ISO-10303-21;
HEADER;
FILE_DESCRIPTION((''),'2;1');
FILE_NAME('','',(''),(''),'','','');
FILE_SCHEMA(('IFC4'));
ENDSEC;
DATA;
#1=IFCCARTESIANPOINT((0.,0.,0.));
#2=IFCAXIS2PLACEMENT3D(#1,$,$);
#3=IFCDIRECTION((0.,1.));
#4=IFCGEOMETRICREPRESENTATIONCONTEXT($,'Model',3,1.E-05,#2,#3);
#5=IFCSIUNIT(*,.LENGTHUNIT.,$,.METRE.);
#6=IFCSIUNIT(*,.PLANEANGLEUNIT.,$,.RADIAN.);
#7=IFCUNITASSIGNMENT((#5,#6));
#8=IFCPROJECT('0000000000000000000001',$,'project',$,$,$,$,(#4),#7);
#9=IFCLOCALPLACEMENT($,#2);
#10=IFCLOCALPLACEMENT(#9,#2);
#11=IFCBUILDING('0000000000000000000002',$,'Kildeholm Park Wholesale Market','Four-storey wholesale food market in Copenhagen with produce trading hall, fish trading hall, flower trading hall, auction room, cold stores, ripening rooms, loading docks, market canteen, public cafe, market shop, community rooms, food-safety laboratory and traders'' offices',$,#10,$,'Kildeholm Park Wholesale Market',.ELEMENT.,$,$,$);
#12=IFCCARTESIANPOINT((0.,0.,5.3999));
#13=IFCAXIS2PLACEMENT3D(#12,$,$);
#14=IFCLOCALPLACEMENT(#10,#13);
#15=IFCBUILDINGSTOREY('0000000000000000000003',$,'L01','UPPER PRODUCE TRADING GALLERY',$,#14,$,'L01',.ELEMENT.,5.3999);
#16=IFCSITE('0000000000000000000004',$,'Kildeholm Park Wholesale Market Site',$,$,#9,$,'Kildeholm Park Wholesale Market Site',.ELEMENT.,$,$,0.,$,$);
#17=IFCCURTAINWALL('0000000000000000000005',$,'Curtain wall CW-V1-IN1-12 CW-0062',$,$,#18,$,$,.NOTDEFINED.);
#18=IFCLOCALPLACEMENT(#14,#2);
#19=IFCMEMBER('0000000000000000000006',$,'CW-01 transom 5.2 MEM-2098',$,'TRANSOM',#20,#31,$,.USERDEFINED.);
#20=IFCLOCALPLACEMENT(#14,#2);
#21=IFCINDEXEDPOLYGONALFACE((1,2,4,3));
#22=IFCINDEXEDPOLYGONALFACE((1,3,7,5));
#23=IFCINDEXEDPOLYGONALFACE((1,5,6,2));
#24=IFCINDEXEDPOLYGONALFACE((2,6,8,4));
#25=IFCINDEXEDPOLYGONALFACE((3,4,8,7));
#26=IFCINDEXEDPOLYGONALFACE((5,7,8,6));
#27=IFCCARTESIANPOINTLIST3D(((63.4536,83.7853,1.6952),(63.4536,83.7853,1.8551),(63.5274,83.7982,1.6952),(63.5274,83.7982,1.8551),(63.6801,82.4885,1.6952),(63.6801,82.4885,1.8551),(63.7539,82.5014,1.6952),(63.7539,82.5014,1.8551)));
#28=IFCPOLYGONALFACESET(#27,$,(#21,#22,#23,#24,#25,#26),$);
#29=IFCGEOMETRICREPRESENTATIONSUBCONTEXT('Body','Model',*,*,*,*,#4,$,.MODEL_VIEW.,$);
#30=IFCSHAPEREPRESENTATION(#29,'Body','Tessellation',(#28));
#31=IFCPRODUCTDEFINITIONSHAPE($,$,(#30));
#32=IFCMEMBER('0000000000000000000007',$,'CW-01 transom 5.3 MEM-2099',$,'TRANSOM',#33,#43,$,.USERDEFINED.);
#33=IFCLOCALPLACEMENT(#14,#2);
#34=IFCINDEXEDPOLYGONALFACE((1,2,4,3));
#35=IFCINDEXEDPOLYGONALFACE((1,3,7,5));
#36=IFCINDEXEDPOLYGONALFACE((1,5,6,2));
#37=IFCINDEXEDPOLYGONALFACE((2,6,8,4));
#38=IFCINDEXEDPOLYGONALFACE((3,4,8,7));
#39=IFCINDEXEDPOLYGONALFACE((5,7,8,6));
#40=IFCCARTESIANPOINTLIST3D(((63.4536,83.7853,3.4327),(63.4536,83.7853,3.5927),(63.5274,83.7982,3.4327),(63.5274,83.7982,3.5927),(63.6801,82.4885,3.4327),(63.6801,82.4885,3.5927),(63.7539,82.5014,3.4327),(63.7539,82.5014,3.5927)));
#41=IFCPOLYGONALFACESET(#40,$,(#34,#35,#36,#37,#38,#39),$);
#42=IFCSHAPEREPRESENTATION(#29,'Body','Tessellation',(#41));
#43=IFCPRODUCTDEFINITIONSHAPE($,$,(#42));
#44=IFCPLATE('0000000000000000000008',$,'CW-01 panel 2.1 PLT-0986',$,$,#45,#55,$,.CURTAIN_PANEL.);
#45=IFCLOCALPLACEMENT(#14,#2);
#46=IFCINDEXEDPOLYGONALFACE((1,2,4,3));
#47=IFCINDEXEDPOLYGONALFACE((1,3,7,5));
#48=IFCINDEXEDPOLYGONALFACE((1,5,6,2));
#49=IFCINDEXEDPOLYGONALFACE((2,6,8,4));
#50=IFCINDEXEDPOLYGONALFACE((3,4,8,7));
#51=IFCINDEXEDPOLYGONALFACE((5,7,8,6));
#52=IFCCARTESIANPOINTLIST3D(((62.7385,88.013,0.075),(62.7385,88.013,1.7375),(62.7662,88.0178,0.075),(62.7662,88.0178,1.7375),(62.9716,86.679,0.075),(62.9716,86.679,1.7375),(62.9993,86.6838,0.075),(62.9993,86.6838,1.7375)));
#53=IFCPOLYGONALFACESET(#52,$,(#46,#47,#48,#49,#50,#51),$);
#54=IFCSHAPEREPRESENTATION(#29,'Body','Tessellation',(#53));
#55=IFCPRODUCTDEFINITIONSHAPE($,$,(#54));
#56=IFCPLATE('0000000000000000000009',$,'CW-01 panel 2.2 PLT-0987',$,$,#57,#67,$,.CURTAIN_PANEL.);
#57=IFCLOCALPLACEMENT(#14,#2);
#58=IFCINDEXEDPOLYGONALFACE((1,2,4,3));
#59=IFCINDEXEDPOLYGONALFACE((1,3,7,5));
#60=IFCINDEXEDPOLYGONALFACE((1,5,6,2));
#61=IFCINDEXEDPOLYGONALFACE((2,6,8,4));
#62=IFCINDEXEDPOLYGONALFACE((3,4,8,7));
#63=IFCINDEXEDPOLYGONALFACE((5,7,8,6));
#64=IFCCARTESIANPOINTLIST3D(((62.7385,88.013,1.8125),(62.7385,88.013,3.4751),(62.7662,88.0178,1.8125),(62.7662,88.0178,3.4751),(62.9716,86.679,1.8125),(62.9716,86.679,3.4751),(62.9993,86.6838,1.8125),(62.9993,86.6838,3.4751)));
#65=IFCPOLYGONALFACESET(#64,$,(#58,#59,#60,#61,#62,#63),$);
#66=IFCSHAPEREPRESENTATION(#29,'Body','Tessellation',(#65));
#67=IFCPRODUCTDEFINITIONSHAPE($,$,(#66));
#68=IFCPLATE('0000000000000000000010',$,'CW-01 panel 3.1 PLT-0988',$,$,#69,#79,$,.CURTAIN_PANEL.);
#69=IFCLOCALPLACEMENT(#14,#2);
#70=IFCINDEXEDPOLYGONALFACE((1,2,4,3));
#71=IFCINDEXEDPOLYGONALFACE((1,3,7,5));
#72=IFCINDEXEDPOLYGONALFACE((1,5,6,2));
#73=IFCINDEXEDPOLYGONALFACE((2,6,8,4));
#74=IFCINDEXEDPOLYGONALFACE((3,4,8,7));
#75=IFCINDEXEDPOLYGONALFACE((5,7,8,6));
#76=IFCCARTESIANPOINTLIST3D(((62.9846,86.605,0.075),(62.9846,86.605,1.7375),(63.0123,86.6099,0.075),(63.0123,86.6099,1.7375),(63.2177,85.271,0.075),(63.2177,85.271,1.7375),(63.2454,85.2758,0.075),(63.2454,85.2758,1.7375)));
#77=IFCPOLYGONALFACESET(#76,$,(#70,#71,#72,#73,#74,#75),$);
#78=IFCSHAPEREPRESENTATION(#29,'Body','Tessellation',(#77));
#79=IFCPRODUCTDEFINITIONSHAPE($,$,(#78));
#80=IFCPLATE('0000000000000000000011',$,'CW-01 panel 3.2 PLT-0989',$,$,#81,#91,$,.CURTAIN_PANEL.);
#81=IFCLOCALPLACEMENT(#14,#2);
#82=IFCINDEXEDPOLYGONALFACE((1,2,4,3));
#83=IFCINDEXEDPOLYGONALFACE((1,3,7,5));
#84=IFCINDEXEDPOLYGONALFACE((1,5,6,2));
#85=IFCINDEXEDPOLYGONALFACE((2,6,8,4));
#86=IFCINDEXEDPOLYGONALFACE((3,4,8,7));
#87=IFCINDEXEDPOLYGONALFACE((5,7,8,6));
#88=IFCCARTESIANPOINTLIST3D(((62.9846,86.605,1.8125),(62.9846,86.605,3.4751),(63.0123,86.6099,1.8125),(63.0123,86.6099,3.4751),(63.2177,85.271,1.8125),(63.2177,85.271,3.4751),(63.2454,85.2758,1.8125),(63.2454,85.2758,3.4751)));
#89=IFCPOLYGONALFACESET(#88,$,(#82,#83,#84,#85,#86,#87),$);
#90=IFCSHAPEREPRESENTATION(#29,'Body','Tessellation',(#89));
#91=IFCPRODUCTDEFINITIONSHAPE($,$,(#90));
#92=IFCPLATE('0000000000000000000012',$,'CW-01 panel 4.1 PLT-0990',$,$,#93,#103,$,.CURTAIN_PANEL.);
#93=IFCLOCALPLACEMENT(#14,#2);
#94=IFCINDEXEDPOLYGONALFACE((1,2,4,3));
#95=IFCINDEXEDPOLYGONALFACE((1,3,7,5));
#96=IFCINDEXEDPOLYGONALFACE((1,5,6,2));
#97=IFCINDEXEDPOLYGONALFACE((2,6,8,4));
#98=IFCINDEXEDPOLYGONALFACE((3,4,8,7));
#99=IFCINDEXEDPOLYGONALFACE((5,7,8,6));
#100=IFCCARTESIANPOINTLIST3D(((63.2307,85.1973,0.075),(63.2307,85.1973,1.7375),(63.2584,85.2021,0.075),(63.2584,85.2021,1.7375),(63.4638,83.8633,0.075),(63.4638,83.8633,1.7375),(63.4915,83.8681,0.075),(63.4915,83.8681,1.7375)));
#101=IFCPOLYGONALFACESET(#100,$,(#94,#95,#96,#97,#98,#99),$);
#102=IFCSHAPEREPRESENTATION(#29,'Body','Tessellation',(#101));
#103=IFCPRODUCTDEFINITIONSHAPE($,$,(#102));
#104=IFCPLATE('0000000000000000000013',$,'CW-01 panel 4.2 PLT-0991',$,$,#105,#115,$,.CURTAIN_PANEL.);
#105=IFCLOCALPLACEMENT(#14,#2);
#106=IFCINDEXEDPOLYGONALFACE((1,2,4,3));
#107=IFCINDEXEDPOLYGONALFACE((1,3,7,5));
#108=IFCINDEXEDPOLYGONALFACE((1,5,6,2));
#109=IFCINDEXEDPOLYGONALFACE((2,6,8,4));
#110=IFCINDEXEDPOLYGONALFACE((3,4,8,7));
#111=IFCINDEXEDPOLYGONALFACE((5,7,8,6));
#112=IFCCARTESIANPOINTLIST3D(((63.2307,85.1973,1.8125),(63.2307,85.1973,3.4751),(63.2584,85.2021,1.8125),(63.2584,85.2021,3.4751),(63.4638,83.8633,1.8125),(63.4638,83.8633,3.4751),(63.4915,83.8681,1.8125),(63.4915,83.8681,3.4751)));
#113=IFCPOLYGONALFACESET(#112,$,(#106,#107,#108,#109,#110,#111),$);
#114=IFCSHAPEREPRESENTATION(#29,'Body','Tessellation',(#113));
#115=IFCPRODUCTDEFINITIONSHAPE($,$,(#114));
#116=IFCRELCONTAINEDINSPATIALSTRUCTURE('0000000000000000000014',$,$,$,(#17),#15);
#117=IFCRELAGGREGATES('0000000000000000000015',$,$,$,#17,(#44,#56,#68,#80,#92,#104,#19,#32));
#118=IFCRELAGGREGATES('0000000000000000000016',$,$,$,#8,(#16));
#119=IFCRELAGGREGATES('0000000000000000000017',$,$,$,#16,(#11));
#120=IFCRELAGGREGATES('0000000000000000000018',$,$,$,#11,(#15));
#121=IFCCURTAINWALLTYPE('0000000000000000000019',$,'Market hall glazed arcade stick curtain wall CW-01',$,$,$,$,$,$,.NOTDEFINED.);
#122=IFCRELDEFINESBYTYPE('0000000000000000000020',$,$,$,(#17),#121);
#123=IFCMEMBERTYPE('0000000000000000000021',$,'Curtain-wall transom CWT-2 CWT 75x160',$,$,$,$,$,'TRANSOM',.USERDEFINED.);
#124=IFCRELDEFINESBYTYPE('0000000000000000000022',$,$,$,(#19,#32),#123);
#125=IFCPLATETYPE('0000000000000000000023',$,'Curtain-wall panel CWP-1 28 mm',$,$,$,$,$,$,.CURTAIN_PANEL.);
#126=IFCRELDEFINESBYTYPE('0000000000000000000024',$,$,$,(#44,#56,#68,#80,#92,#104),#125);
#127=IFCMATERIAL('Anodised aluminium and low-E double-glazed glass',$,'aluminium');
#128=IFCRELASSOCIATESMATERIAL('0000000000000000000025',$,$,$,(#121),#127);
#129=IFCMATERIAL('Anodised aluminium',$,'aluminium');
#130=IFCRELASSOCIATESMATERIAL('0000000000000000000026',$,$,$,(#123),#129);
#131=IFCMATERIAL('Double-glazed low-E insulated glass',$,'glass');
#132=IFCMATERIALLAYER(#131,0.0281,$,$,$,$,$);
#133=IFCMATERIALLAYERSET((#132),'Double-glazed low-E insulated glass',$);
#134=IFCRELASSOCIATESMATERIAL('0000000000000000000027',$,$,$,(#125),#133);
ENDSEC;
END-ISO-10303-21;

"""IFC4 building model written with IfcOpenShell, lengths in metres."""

from ifc_helpers import new_model, si_unit, direction, frame, origin, origin_2d, place, context, subcontext, project, spatial, rectangle, extrude, material, layer, layer_set, material_profile, profile_set, type_object, element, aggregate, save


model = new_model("IFC4")

# Units and contexts
model_context = context("Model", 3, precision=1e-05, world=origin(), true_north=direction((0.0, 1.0)))
body_context = subcontext(model_context, "Body", "Model", "MODEL_VIEW")
ifc_project = project(units=[si_unit("LENGTHUNIT", "METRE"), si_unit("PLANEANGLEUNIT", "RADIAN")], contexts=[model_context])

# Site, building, storey
site_placement = place(None, origin())
site = spatial("IfcSite", under=ifc_project, at=site_placement, Name="Kildeholm Park Wholesale Market Site", LongName="Kildeholm Park Wholesale Market Site", CompositionType="ELEMENT", RefElevation=0.0)
building_placement = place(site_placement, origin())
building = spatial("IfcBuilding", under=site, at=building_placement, Name="Kildeholm Park Wholesale Market", Description="Four-storey wholesale food market in Copenhagen with produce trading hall, fish trading hall, flower trading hall, auction room, cold stores, ripening rooms, loading docks, market canteen, public cafe, market shop, community rooms, food-safety laboratory and traders' offices", LongName="Kildeholm Park Wholesale Market", CompositionType="ELEMENT")
storey_placement = place(building_placement, frame((0.0, 0.0, 5.3999)))
storey = spatial("IfcBuildingStorey", under=building, at=storey_placement, Name="L01", Description="UPPER PRODUCE TRADING GALLERY", LongName="L01", CompositionType="ELEMENT", Elevation=5.3999)

# Curtain wall, members, plates
ifc_material_1 = material(Name="Anodised aluminium and low-E double-glazed glass", Category="aluminium")
curtain_wall_type = type_object("IfcCurtainWallType", Name="Market hall glazed arcade stick curtain wall CW-01", PredefinedType="NOTDEFINED", material=ifc_material_1)
curtain_wall_placement = place(storey_placement, origin())
curtain_wall = element("IfcCurtainWall", 1, at=curtain_wall_placement, inside=storey, type_object=curtain_wall_type, Name="Curtain wall CW-V1-IN1-12 CW-0062", PredefinedType="NOTDEFINED")
ifc_material_2 = material(Name="Anodised aluminium", Category="aluminium")
ifc_material_profile_1 = material_profile(ifc_material_2, rectangle(XDim=0.075, YDim=0.1599, at=origin_2d()), Name="CWT 75x160")
ifc_profile_set_1 = profile_set([ifc_material_profile_1], Name="Anodised aluminium")
member_type_1 = type_object("IfcMemberType", Name="Curtain-wall transom CWT-2 CWT 75x160", ElementType="TRANSOM", PredefinedType="USERDEFINED", material=ifc_profile_set_1)
member_1_placement = place(storey_placement, frame((63.4905, 83.7917, 1.7751), z_axis=(0.172092, -0.985081, 0.0), x_axis=(0.985081, 0.172092, 0.0)))
member_1 = element("IfcMember", 2, at=member_1_placement, type_object=member_type_1, Name="CW-01 transom 5.2 MEM-2098", ObjectType="TRANSOM", PredefinedType="USERDEFINED", context=body_context, shape_type="SweptSolid", body=[
    extrude(rectangle(XDim=0.075, YDim=0.1599, at=origin_2d()), origin(), (0.0, 0.0, 1.0), 1.3164),
])
member_2_placement = place(storey_placement, frame((63.4905, 83.7917, 3.5127), z_axis=(0.172092, -0.985081, 0.0), x_axis=(0.985081, 0.172092, 0.0)))
member_2 = element("IfcMember", 3, at=member_2_placement, type_object=member_type_1, Name="CW-01 transom 5.3 MEM-2099", ObjectType="TRANSOM", PredefinedType="USERDEFINED", context=body_context, shape_type="SweptSolid", body=[
    extrude(rectangle(XDim=0.075, YDim=0.1599, at=origin_2d()), origin(), (0.0, 0.0, 1.0), 1.3164),
])
ifc_material_3 = material(Name="Double-glazed low-E insulated glass", Category="glass")
ifc_layer_1 = layer(ifc_material_3, 0.0281)
ifc_layer_set_1 = layer_set([ifc_layer_1], Name="Double-glazed low-E insulated glass")
plate_type = type_object("IfcPlateType", Name="Curtain-wall panel CWP-1 28 mm", PredefinedType="CURTAIN_PANEL", material=ifc_layer_set_1)
plate_1_placement = place(storey_placement, frame((62.8689, 87.3484, 0.075), z_axis=(0.0, 0.0, 1.0), x_axis=(0.172133, -0.985074, 0.0)))
plate_1 = element("IfcPlate", 4, at=plate_1_placement, type_object=plate_type, Name="CW-01 panel 2.1 PLT-0986", PredefinedType="CURTAIN_PANEL", context=body_context, shape_type="SweptSolid", body=[
    extrude(rectangle(XDim=1.3542, YDim=0.0281, at=origin_2d()), origin(), (0.0, 0.0, 1.0), 1.6626),
])
plate_2_placement = place(storey_placement, frame((62.8689, 87.3484, 1.8125), z_axis=(0.0, 0.0, 1.0), x_axis=(0.172133, -0.985074, 0.0)))
plate_2 = element("IfcPlate", 5, at=plate_2_placement, type_object=plate_type, Name="CW-01 panel 2.2 PLT-0987", PredefinedType="CURTAIN_PANEL", context=body_context, shape_type="SweptSolid", body=[
    extrude(rectangle(XDim=1.3542, YDim=0.0281, at=origin_2d()), origin(), (0.0, 0.0, 1.0), 1.6626),
])
plate_3_placement = place(storey_placement, frame((63.115, 85.9404, 0.075), z_axis=(0.0, 0.0, 1.0), x_axis=(0.172133, -0.985074, 0.0)))
plate_3 = element("IfcPlate", 6, at=plate_3_placement, type_object=plate_type, Name="CW-01 panel 3.1 PLT-0988", PredefinedType="CURTAIN_PANEL", context=body_context, shape_type="SweptSolid", body=[
    extrude(rectangle(XDim=1.3542, YDim=0.0281, at=origin_2d()), origin(), (0.0, 0.0, 1.0), 1.6626),
])
plate_4_placement = place(storey_placement, frame((63.115, 85.9404, 1.8125), z_axis=(0.0, 0.0, 1.0), x_axis=(0.172133, -0.985074, 0.0)))
plate_4 = element("IfcPlate", 7, at=plate_4_placement, type_object=plate_type, Name="CW-01 panel 3.2 PLT-0989", PredefinedType="CURTAIN_PANEL", context=body_context, shape_type="SweptSolid", body=[
    extrude(rectangle(XDim=1.3542, YDim=0.0281, at=origin_2d()), origin(), (0.0, 0.0, 1.0), 1.6626),
])
plate_5_placement = place(storey_placement, frame((63.3611, 84.5327, 0.075), z_axis=(0.0, 0.0, 1.0), x_axis=(0.172133, -0.985074, 0.0)))
plate_5 = element("IfcPlate", 8, at=plate_5_placement, type_object=plate_type, Name="CW-01 panel 4.1 PLT-0990", PredefinedType="CURTAIN_PANEL", context=body_context, shape_type="SweptSolid", body=[
    extrude(rectangle(XDim=1.3542, YDim=0.0281, at=origin_2d()), origin(), (0.0, 0.0, 1.0), 1.6626),
])
plate_6_placement = place(storey_placement, frame((63.3611, 84.5327, 1.8125), z_axis=(0.0, 0.0, 1.0), x_axis=(0.172133, -0.985074, 0.0)))
plate_6 = element("IfcPlate", 9, at=plate_6_placement, type_object=plate_type, Name="CW-01 panel 4.2 PLT-0991", PredefinedType="CURTAIN_PANEL", context=body_context, shape_type="SweptSolid", body=[
    extrude(rectangle(XDim=1.3542, YDim=0.0281, at=origin_2d()), origin(), (0.0, 0.0, 1.0), 1.6626),
])
aggregate(curtain_wall, [plate_1, plate_2, plate_3, plate_4, plate_5, plate_6, member_1, member_2])

save(model, "model.ifc")
